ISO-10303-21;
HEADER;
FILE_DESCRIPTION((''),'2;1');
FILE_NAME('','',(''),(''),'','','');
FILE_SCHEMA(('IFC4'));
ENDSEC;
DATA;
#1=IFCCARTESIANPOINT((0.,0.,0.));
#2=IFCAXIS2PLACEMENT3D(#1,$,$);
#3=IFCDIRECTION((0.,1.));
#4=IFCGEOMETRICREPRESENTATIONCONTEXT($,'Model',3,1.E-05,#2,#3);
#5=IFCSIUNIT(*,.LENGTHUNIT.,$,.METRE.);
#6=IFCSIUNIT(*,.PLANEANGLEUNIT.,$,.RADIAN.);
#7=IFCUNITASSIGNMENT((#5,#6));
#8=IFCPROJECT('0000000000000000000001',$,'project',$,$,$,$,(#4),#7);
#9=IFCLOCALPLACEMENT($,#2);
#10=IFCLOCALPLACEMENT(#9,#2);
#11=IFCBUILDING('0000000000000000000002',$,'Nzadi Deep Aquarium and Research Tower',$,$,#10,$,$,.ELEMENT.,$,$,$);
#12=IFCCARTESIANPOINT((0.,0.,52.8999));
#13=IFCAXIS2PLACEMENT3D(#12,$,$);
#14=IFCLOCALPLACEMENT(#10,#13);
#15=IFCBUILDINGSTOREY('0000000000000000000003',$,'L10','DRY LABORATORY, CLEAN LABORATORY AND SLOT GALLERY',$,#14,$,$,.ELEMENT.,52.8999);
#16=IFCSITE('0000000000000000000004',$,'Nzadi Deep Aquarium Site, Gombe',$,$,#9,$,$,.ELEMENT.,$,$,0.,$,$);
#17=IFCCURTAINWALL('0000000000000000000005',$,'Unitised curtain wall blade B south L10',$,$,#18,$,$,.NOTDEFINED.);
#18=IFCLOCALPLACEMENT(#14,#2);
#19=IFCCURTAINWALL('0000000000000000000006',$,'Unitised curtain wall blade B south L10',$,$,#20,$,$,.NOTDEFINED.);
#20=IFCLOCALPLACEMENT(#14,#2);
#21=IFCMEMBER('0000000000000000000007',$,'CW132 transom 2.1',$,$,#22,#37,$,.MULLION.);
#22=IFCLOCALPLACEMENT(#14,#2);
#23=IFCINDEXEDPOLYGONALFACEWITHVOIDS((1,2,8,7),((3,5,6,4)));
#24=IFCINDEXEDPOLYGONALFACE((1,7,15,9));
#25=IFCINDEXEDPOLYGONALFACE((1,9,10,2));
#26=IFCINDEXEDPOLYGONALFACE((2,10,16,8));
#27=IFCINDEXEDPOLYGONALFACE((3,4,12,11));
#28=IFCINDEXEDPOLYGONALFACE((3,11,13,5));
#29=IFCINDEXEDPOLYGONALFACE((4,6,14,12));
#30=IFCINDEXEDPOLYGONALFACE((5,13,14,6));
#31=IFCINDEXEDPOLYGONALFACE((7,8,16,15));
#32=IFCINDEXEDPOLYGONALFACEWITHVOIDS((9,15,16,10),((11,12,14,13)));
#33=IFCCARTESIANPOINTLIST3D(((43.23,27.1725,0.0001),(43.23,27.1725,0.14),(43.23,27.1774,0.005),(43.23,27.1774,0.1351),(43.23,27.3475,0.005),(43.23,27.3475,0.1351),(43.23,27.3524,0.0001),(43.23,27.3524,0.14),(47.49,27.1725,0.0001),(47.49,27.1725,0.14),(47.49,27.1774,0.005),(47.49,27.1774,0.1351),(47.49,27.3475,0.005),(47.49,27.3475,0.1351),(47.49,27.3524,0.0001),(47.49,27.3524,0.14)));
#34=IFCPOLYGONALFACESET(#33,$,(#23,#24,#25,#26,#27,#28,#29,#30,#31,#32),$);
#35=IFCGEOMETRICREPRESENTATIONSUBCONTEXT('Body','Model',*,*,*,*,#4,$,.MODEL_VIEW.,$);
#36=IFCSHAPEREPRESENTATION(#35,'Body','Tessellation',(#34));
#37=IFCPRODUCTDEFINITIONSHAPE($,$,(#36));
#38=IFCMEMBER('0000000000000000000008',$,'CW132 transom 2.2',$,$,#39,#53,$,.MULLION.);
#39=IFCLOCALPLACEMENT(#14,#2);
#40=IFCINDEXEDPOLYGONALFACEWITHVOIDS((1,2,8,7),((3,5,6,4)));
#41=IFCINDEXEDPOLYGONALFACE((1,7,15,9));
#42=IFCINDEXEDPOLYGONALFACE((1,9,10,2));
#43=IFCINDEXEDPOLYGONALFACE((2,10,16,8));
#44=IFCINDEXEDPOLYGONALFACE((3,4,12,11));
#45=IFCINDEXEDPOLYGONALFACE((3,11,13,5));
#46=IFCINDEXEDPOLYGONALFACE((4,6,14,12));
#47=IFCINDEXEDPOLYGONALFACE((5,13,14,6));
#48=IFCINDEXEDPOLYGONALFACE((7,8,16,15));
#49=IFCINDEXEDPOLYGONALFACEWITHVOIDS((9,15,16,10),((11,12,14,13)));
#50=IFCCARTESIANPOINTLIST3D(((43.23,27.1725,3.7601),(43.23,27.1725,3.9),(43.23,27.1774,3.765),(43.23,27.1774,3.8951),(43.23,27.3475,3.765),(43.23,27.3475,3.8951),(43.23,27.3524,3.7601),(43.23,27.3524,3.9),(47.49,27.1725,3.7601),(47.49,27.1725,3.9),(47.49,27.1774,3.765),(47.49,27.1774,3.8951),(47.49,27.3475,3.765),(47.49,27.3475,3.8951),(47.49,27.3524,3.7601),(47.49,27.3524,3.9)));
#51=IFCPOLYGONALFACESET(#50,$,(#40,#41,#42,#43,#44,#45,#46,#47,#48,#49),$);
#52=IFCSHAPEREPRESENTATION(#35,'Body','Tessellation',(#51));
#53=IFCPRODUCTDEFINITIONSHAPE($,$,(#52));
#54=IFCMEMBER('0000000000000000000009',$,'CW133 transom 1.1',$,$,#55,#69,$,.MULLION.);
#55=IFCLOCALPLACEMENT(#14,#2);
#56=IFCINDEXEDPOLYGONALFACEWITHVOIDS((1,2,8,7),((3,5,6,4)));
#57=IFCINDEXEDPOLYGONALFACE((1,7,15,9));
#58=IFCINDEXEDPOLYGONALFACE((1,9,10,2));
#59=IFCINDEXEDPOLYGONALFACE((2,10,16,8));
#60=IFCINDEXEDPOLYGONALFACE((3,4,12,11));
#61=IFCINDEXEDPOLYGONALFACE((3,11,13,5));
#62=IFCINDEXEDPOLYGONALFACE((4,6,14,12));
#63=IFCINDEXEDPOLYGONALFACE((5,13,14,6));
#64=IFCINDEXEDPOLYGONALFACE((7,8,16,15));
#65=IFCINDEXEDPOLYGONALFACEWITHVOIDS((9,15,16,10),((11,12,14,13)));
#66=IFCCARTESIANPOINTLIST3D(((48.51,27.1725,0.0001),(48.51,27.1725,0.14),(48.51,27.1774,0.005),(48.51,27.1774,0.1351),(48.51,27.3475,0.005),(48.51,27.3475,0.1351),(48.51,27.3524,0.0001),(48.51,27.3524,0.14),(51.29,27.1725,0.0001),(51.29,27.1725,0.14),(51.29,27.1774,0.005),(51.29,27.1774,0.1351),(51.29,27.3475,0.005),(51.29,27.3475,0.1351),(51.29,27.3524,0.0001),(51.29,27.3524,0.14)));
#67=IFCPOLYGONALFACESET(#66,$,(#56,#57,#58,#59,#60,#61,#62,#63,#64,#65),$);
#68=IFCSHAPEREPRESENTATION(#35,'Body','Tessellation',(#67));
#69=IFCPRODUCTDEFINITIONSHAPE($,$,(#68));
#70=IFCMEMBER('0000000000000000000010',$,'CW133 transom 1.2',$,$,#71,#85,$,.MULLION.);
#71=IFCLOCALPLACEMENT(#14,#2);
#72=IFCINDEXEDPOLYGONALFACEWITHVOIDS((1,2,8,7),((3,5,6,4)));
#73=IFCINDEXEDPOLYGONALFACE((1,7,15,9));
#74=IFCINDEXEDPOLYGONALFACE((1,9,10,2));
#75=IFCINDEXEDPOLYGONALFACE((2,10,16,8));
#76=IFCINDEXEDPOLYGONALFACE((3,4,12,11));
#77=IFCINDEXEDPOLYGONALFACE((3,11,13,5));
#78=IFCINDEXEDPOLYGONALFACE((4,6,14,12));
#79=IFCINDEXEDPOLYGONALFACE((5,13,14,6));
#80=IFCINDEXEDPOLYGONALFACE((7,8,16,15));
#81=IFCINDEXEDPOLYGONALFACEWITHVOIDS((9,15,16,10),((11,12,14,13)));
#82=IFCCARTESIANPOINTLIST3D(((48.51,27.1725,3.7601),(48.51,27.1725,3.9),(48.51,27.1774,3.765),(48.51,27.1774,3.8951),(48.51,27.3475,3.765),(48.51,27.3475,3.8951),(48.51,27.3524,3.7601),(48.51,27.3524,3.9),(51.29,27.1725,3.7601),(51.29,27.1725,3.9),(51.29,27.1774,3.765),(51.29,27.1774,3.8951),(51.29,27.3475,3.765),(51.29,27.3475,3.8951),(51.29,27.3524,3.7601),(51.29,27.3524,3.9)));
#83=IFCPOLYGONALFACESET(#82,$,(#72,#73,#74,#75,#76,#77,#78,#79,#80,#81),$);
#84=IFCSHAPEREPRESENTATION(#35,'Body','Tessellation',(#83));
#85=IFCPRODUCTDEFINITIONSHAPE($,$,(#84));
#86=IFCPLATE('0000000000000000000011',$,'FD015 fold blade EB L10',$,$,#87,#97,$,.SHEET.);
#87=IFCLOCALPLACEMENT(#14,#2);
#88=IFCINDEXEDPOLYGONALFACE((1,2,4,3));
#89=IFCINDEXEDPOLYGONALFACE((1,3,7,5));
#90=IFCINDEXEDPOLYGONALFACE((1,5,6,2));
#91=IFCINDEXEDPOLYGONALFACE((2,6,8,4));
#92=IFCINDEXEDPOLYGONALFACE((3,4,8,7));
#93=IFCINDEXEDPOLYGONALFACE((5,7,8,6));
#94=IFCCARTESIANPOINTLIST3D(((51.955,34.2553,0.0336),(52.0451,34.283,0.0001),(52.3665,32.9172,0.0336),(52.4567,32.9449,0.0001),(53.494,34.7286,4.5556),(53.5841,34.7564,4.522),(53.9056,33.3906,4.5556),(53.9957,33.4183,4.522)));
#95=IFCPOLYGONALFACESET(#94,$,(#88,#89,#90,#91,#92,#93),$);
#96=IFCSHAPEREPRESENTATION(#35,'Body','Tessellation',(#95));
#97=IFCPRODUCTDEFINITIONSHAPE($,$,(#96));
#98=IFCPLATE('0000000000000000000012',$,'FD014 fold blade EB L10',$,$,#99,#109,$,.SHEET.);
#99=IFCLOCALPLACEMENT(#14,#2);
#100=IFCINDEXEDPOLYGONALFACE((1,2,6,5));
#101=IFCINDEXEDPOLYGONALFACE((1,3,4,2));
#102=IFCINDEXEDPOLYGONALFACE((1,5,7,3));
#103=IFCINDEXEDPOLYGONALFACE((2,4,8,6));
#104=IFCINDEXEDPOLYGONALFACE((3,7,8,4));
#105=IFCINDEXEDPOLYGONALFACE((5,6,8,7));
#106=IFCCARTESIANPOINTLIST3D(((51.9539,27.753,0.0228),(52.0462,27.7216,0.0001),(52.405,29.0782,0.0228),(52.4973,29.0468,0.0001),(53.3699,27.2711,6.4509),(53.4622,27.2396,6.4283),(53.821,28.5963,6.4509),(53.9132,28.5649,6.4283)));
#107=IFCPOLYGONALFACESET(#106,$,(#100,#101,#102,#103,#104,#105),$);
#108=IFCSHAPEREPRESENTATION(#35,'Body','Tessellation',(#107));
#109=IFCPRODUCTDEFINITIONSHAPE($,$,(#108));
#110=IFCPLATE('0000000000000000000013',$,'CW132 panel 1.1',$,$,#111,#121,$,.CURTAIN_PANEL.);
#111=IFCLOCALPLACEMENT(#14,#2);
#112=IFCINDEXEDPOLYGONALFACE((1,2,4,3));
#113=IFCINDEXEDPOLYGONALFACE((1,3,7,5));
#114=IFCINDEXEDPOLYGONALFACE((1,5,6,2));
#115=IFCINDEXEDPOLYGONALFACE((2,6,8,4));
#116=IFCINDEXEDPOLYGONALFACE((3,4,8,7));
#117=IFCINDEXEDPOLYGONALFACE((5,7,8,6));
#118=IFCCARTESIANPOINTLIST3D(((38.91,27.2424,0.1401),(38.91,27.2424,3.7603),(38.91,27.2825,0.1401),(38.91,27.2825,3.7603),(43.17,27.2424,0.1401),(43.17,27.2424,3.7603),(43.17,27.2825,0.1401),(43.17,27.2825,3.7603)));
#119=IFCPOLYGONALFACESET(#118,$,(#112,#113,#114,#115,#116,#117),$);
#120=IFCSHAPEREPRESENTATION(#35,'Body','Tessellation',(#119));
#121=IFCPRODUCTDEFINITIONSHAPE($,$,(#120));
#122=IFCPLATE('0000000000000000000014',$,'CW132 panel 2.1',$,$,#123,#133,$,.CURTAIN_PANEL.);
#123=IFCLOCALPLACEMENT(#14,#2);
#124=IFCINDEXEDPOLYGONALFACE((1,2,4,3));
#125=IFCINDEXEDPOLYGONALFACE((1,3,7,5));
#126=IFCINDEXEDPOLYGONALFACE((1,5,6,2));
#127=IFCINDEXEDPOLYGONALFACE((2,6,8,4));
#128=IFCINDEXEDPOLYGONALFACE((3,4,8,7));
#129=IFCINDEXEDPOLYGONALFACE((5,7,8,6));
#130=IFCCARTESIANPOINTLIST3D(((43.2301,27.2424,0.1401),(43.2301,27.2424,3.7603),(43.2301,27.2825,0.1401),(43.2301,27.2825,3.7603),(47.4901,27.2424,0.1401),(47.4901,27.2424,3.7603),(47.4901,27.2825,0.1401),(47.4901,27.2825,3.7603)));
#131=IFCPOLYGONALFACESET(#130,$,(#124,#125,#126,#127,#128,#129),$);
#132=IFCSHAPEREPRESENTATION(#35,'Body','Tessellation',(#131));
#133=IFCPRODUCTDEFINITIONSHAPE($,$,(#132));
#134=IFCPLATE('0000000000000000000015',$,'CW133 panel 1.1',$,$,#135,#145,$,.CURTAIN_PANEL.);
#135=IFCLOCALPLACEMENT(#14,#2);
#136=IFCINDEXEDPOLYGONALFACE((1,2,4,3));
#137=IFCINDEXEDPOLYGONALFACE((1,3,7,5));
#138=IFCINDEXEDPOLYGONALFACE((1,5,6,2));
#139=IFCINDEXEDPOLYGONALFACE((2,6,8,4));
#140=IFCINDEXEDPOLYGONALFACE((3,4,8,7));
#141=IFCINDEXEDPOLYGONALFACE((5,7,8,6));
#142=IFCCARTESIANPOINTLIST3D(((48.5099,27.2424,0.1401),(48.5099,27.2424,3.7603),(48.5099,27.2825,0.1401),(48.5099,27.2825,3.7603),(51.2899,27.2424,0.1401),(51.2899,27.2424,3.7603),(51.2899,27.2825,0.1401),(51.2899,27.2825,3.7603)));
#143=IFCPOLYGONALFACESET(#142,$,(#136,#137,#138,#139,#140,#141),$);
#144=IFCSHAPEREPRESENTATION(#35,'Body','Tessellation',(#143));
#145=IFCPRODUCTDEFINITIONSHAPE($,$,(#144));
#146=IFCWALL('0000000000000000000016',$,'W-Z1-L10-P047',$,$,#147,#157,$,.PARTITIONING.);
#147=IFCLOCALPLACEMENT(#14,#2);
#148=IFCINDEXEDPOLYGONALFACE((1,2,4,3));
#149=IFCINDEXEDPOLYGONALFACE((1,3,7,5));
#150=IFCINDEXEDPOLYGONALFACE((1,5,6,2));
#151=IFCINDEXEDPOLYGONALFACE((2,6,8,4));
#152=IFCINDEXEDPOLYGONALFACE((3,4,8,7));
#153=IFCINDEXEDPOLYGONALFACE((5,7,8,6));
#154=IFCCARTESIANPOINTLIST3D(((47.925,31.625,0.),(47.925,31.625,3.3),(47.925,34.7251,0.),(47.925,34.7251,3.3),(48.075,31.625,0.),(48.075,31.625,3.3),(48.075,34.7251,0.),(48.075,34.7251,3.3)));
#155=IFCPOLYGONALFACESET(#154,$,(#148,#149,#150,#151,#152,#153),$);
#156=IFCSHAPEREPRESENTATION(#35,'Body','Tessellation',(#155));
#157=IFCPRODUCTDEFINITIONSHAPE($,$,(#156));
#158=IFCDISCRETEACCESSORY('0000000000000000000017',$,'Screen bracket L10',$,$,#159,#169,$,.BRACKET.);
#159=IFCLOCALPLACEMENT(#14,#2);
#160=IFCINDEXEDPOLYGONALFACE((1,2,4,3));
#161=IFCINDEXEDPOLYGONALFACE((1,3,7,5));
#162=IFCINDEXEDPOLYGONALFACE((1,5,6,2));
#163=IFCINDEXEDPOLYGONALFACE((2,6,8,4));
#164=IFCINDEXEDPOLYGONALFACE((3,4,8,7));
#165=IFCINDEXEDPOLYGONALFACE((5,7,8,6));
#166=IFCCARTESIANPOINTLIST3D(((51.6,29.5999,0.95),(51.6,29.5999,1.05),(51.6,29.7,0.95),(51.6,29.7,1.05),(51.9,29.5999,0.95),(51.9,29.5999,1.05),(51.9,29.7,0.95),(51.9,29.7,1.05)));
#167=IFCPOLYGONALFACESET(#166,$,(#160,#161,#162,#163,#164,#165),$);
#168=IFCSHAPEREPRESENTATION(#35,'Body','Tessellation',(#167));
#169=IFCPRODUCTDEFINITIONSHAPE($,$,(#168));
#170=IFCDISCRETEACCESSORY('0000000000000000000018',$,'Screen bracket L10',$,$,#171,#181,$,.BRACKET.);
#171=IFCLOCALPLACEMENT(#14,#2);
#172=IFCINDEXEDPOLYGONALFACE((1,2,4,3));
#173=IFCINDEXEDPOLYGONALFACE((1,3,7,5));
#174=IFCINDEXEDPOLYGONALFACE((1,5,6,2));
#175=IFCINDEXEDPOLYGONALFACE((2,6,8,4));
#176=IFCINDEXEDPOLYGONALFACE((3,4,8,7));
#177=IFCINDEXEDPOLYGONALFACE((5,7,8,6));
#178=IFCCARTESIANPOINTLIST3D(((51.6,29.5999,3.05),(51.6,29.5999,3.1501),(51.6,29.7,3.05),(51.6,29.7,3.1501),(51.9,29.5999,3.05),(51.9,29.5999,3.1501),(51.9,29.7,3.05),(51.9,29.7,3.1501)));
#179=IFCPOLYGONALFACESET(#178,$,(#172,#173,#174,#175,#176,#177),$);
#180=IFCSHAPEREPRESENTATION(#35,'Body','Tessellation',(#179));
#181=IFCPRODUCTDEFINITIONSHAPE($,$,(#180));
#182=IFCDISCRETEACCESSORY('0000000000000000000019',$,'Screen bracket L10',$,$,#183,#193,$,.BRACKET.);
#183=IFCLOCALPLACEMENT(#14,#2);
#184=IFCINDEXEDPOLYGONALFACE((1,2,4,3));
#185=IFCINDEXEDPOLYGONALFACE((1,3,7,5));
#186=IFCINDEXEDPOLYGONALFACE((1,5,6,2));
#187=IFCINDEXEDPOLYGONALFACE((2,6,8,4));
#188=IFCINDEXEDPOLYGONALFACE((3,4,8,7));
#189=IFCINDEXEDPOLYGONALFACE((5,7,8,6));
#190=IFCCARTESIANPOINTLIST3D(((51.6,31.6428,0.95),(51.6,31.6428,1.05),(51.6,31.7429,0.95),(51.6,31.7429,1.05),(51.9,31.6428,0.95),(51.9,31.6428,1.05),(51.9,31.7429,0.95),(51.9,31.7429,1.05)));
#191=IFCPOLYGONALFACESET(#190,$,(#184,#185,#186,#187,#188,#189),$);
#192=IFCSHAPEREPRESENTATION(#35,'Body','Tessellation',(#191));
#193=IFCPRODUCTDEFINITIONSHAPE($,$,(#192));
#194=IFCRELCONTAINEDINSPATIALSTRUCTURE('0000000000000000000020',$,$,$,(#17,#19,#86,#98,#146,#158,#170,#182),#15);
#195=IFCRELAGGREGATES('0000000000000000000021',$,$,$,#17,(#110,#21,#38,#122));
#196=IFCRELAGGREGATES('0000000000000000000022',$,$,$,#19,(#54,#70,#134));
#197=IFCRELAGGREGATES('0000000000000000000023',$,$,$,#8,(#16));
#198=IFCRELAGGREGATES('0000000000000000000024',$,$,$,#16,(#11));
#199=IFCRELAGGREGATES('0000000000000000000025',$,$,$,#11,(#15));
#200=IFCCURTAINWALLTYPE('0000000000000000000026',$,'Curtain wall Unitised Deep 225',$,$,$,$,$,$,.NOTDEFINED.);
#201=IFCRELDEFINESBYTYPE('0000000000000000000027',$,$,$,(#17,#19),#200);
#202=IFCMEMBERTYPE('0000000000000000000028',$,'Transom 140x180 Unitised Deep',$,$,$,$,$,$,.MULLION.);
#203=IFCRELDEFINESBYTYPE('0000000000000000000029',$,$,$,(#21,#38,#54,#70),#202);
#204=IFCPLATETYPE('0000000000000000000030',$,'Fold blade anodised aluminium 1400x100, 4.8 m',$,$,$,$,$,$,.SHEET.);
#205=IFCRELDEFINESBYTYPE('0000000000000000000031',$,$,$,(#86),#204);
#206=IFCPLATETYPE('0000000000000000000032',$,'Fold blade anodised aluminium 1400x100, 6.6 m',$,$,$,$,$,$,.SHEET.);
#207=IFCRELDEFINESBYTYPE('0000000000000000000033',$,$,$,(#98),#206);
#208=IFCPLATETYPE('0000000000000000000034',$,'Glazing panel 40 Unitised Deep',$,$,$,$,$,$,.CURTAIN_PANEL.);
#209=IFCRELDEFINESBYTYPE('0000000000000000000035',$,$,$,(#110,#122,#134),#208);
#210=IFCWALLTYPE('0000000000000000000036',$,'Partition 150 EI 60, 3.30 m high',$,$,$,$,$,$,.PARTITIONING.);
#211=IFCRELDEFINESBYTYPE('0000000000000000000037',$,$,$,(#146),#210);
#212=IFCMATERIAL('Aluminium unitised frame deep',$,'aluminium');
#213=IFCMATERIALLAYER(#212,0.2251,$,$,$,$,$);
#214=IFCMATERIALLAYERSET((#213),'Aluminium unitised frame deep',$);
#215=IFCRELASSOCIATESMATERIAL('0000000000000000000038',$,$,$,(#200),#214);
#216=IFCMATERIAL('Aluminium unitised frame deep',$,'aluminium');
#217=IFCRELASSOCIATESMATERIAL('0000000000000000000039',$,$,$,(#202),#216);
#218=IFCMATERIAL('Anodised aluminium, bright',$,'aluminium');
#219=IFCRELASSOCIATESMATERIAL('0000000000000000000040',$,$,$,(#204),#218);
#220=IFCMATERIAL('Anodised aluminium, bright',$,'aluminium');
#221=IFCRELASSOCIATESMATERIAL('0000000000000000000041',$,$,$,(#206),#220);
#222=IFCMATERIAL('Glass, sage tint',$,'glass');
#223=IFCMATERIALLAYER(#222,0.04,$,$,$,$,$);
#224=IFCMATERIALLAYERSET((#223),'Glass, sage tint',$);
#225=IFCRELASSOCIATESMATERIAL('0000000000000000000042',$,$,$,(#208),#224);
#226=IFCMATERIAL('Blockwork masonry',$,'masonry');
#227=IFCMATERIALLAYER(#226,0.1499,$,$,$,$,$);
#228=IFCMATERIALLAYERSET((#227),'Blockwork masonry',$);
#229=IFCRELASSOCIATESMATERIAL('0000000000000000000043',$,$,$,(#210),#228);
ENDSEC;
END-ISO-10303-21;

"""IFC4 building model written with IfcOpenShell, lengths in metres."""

from ifc_helpers import new_model, si_unit, direction, frame, frame_2d, origin, origin_2d, place, context, subcontext, project, spatial, rectangle, hollow_rectangle, extrude, material, layer, layer_set, material_profile, profile_set, type_object, element, aggregate, save


model = new_model("IFC4")

# Units and contexts
model_context = context("Model", 3, precision=1e-05, world=origin(), true_north=direction((0.0, 1.0)))
body_context = subcontext(model_context, "Body", "Model", "MODEL_VIEW")
ifc_project = project(units=[si_unit("LENGTHUNIT", "METRE"), si_unit("PLANEANGLEUNIT", "RADIAN")], contexts=[model_context])

# Site, building, storey
site_placement = place(None, origin())
site = spatial("IfcSite", under=ifc_project, at=site_placement, Name="Nzadi Deep Aquarium Site, Gombe", CompositionType="ELEMENT", RefElevation=0.0)
building_placement = place(site_placement, origin())
building = spatial("IfcBuilding", under=site, at=building_placement, Name="Nzadi Deep Aquarium and Research Tower", CompositionType="ELEMENT")
storey_placement = place(building_placement, frame((0.0, 0.0, 52.8999)))
storey = spatial("IfcBuildingStorey", under=building, at=storey_placement, Name="L10", Description="DRY LABORATORY, CLEAN LABORATORY AND SLOT GALLERY", CompositionType="ELEMENT", Elevation=52.8999)

# Curtain walls
ifc_material_1 = material(Name="Aluminium unitised frame deep", Category="aluminium")
ifc_layer_1 = layer(ifc_material_1, 0.2251)
ifc_layer_set_1 = layer_set([ifc_layer_1], Name="Aluminium unitised frame deep")
curtain_wall_type = type_object("IfcCurtainWallType", Name="Curtain wall Unitised Deep 225", PredefinedType="NOTDEFINED", material=ifc_layer_set_1)
curtain_wall_1_placement = place(storey_placement, origin())
curtain_wall_1 = element("IfcCurtainWall", 1, at=curtain_wall_1_placement, inside=storey, type_object=curtain_wall_type, Name="Unitised curtain wall blade B south L10", PredefinedType="NOTDEFINED")
curtain_wall_2_placement = place(storey_placement, origin())
curtain_wall_2 = element("IfcCurtainWall", 2, at=curtain_wall_2_placement, inside=storey, type_object=curtain_wall_type, Name="Unitised curtain wall blade B south L10", PredefinedType="NOTDEFINED")

# Members
ifc_material_2 = material(Name="Aluminium unitised frame deep", Category="aluminium")
ifc_material_profile_1 = material_profile(ifc_material_2, hollow_rectangle(XDim=0.1799, YDim=0.1399, WallThickness=0.0049, at=origin_2d()))
ifc_profile_set_1 = profile_set([ifc_material_profile_1], Name="Aluminium unitised frame deep")
member_type_1 = type_object("IfcMemberType", Name="Transom 140x180 Unitised Deep", PredefinedType="MULLION", material=ifc_profile_set_1)
member_1_placement = place(storey_placement, frame((43.23, 27.2625, 0.0701), z_axis=(1.0, 0.0, 0.0), x_axis=(0.0, 1.0, 0.0)))
member_1 = element("IfcMember", 3, at=member_1_placement, type_object=member_type_1, Name="CW132 transom 2.1", PredefinedType="MULLION", context=body_context, shape_type="SweptSolid", body=[
    extrude(hollow_rectangle(XDim=0.1799, YDim=0.1399, WallThickness=0.0049, at=origin_2d()), origin(), (0.0, 0.0, 1.0), 4.26),
])
member_2_placement = place(storey_placement, frame((43.23, 27.2625, 3.8301), z_axis=(1.0, 0.0, 0.0), x_axis=(0.0, 1.0, 0.0)))
member_2 = element("IfcMember", 4, at=member_2_placement, type_object=member_type_1, Name="CW132 transom 2.2", PredefinedType="MULLION", context=body_context, shape_type="SweptSolid", body=[
    extrude(hollow_rectangle(XDim=0.1799, YDim=0.1399, WallThickness=0.0049, at=origin_2d()), origin(), (0.0, 0.0, 1.0), 4.26),
])
member_3_placement = place(storey_placement, frame((48.51, 27.2625, 0.0701), z_axis=(1.0, 0.0, 0.0), x_axis=(0.0, 1.0, 0.0)))
member_3 = element("IfcMember", 5, at=member_3_placement, type_object=member_type_1, Name="CW133 transom 1.1", PredefinedType="MULLION", context=body_context, shape_type="SweptSolid", body=[
    extrude(hollow_rectangle(XDim=0.1799, YDim=0.1399, WallThickness=0.0049, at=origin_2d()), origin(), (0.0, 0.0, 1.0), 2.78),
])
member_4_placement = place(storey_placement, frame((48.51, 27.2625, 3.8301), z_axis=(1.0, 0.0, 0.0), x_axis=(0.0, 1.0, 0.0)))
member_4 = element("IfcMember", 6, at=member_4_placement, type_object=member_type_1, Name="CW133 transom 1.2", PredefinedType="MULLION", context=body_context, shape_type="SweptSolid", body=[
    extrude(hollow_rectangle(XDim=0.1799, YDim=0.1399, WallThickness=0.0049, at=origin_2d()), origin(), (0.0, 0.0, 1.0), 2.78),
])

# Plates
ifc_material_3 = material(Name="Anodised aluminium, bright", Category="aluminium")
ifc_material_profile_2 = material_profile(ifc_material_3, rectangle(XDim=1.3999, YDim=0.1001, at=origin_2d()))
ifc_profile_set_2 = profile_set([ifc_material_profile_2], Name="Anodised aluminium, bright")
plate_type_1 = type_object("IfcPlateType", Name="Fold blade anodised aluminium 1400x100, 4.8 m", PredefinedType="SHEET", material=ifc_profile_set_2)
plate_1_placement = place(storey_placement, frame((52.2058, 33.6001, 0.0168), z_axis=(0.320631, 0.09862, 0.942056), x_axis=(-0.29399, 0.955809, 0.0)))
element("IfcPlate", 7, at=plate_1_placement, inside=storey, type_object=plate_type_1, Name="FD015 fold blade EB L10", PredefinedType="SHEET", context=body_context, shape_type="SweptSolid", body=[
    extrude(rectangle(XDim=1.3999, YDim=0.1001, at=origin_2d()), origin(), (0.0, 0.0, 1.0), 4.8),
])
ifc_material_4 = material(Name="Anodised aluminium, bright", Category="aluminium")
ifc_material_profile_3 = material_profile(ifc_material_4, rectangle(XDim=1.3999, YDim=0.1001, at=origin_2d()))
ifc_profile_set_3 = profile_set([ifc_material_profile_3], Name="Anodised aluminium, bright")
plate_type_2 = type_object("IfcPlateType", Name="Fold blade anodised aluminium 1400x100, 6.6 m", PredefinedType="SHEET", material=ifc_profile_set_3)
plate_2_placement = place(storey_placement, frame((52.2256, 28.3999, 0.0115), z_axis=(0.214549, -0.073021, 0.97398), x_axis=(0.322195, 0.946673, 0.0)))
element("IfcPlate", 8, at=plate_2_placement, inside=storey, type_object=plate_type_2, Name="FD014 fold blade EB L10", PredefinedType="SHEET", context=body_context, shape_type="SweptSolid", body=[
    extrude(rectangle(XDim=1.3999, YDim=0.1001, at=origin_2d()), origin(), (0.0, 0.0, 1.0), 6.5999),
])

# Plates
ifc_material_5 = material(Name="Glass, sage tint", Category="glass")
ifc_layer_2 = layer(ifc_material_5, 0.04)
ifc_layer_set_2 = layer_set([ifc_layer_2], Name="Glass, sage tint")
plate_type_3 = type_object("IfcPlateType", Name="Glazing panel 40 Unitised Deep", PredefinedType="CURTAIN_PANEL", material=ifc_layer_set_2)
plate_3_placement = place(storey_placement, frame((41.04, 27.2625, 0.1401), z_axis=(0.0, 0.0, 1.0), x_axis=(1.0, 0.0, 0.0)))
plate_3 = element("IfcPlate", 9, at=plate_3_placement, type_object=plate_type_3, Name="CW132 panel 1.1", PredefinedType="CURTAIN_PANEL", context=body_context, shape_type="SweptSolid", body=[
    extrude(rectangle(XDim=4.26, YDim=0.04, at=origin_2d()), origin(), (0.0, 0.0, 1.0), 3.6201),
])
plate_4_placement = place(storey_placement, frame((45.3601, 27.2625, 0.1401), z_axis=(0.0, 0.0, 1.0), x_axis=(1.0, 0.0, 0.0)))
plate_4 = element("IfcPlate", 10, at=plate_4_placement, type_object=plate_type_3, Name="CW132 panel 2.1", PredefinedType="CURTAIN_PANEL", context=body_context, shape_type="SweptSolid", body=[
    extrude(rectangle(XDim=4.26, YDim=0.04, at=origin_2d()), origin(), (0.0, 0.0, 1.0), 3.6201),
])
aggregate(curtain_wall_1, [plate_3, member_1, member_2, plate_4])
plate_5_placement = place(storey_placement, frame((49.8999, 27.2625, 0.1401), z_axis=(0.0, 0.0, 1.0), x_axis=(1.0, 0.0, 0.0)))
plate_5 = element("IfcPlate", 11, at=plate_5_placement, type_object=plate_type_3, Name="CW133 panel 1.1", PredefinedType="CURTAIN_PANEL", context=body_context, shape_type="SweptSolid", body=[
    extrude(rectangle(XDim=2.78, YDim=0.04, at=origin_2d()), origin(), (0.0, 0.0, 1.0), 3.6201),
])
aggregate(curtain_wall_2, [member_3, member_4, plate_5])

# Wall
ifc_material_6 = material(Name="Blockwork masonry", Category="masonry")
ifc_layer_3 = layer(ifc_material_6, 0.1499)
ifc_layer_set_3 = layer_set([ifc_layer_3], Name="Blockwork masonry")
wall_type = type_object("IfcWallType", Name="Partition 150 EI 60, 3.30 m high", PredefinedType="PARTITIONING", material=ifc_layer_set_3)
wall_placement = place(storey_placement, frame((48.0, 31.625, 0.0), z_axis=(0.0, 0.0, 1.0), x_axis=(0.0, 1.0, 0.0)))
element("IfcWall", 12, at=wall_placement, inside=storey, type_object=wall_type, Name="W-Z1-L10-P047", PredefinedType="PARTITIONING", context=body_context, shape_type="SweptSolid", body=[
    extrude(rectangle(XDim=3.1001, YDim=0.1499, at=frame_2d((1.55, 0.0))), origin(), (0.0, 0.0, 1.0), 3.3),
])

# Discrete accessories
for number, where, z_axis, x_axis, name in (
    (13, (51.75, 29.6499, 0.95), (0.0, 0.0, 1.0), (1.0, 0.0, 0.0), "Screen bracket L10"),
    (14, (51.75, 29.6499, 3.05), (0.0, 0.0, 1.0), (1.0, 0.0, 0.0), "Screen bracket L10"),
    (15, (51.75, 31.6929, 0.95), (0.0, 0.0, 1.0), (1.0, 0.0, 0.0), "Screen bracket L10"),
):
    element("IfcDiscreteAccessory", number, at=place(storey_placement, frame(where, z_axis=z_axis, x_axis=x_axis)), inside=storey, Name=name, PredefinedType="BRACKET", context=body_context, shape_type="SweptSolid", body=[
        extrude(rectangle(XDim=0.3, YDim=0.1001, at=origin_2d()), origin(), (0.0, 0.0, 1.0), 0.1001),
    ])

save(model, "model.ifc")
